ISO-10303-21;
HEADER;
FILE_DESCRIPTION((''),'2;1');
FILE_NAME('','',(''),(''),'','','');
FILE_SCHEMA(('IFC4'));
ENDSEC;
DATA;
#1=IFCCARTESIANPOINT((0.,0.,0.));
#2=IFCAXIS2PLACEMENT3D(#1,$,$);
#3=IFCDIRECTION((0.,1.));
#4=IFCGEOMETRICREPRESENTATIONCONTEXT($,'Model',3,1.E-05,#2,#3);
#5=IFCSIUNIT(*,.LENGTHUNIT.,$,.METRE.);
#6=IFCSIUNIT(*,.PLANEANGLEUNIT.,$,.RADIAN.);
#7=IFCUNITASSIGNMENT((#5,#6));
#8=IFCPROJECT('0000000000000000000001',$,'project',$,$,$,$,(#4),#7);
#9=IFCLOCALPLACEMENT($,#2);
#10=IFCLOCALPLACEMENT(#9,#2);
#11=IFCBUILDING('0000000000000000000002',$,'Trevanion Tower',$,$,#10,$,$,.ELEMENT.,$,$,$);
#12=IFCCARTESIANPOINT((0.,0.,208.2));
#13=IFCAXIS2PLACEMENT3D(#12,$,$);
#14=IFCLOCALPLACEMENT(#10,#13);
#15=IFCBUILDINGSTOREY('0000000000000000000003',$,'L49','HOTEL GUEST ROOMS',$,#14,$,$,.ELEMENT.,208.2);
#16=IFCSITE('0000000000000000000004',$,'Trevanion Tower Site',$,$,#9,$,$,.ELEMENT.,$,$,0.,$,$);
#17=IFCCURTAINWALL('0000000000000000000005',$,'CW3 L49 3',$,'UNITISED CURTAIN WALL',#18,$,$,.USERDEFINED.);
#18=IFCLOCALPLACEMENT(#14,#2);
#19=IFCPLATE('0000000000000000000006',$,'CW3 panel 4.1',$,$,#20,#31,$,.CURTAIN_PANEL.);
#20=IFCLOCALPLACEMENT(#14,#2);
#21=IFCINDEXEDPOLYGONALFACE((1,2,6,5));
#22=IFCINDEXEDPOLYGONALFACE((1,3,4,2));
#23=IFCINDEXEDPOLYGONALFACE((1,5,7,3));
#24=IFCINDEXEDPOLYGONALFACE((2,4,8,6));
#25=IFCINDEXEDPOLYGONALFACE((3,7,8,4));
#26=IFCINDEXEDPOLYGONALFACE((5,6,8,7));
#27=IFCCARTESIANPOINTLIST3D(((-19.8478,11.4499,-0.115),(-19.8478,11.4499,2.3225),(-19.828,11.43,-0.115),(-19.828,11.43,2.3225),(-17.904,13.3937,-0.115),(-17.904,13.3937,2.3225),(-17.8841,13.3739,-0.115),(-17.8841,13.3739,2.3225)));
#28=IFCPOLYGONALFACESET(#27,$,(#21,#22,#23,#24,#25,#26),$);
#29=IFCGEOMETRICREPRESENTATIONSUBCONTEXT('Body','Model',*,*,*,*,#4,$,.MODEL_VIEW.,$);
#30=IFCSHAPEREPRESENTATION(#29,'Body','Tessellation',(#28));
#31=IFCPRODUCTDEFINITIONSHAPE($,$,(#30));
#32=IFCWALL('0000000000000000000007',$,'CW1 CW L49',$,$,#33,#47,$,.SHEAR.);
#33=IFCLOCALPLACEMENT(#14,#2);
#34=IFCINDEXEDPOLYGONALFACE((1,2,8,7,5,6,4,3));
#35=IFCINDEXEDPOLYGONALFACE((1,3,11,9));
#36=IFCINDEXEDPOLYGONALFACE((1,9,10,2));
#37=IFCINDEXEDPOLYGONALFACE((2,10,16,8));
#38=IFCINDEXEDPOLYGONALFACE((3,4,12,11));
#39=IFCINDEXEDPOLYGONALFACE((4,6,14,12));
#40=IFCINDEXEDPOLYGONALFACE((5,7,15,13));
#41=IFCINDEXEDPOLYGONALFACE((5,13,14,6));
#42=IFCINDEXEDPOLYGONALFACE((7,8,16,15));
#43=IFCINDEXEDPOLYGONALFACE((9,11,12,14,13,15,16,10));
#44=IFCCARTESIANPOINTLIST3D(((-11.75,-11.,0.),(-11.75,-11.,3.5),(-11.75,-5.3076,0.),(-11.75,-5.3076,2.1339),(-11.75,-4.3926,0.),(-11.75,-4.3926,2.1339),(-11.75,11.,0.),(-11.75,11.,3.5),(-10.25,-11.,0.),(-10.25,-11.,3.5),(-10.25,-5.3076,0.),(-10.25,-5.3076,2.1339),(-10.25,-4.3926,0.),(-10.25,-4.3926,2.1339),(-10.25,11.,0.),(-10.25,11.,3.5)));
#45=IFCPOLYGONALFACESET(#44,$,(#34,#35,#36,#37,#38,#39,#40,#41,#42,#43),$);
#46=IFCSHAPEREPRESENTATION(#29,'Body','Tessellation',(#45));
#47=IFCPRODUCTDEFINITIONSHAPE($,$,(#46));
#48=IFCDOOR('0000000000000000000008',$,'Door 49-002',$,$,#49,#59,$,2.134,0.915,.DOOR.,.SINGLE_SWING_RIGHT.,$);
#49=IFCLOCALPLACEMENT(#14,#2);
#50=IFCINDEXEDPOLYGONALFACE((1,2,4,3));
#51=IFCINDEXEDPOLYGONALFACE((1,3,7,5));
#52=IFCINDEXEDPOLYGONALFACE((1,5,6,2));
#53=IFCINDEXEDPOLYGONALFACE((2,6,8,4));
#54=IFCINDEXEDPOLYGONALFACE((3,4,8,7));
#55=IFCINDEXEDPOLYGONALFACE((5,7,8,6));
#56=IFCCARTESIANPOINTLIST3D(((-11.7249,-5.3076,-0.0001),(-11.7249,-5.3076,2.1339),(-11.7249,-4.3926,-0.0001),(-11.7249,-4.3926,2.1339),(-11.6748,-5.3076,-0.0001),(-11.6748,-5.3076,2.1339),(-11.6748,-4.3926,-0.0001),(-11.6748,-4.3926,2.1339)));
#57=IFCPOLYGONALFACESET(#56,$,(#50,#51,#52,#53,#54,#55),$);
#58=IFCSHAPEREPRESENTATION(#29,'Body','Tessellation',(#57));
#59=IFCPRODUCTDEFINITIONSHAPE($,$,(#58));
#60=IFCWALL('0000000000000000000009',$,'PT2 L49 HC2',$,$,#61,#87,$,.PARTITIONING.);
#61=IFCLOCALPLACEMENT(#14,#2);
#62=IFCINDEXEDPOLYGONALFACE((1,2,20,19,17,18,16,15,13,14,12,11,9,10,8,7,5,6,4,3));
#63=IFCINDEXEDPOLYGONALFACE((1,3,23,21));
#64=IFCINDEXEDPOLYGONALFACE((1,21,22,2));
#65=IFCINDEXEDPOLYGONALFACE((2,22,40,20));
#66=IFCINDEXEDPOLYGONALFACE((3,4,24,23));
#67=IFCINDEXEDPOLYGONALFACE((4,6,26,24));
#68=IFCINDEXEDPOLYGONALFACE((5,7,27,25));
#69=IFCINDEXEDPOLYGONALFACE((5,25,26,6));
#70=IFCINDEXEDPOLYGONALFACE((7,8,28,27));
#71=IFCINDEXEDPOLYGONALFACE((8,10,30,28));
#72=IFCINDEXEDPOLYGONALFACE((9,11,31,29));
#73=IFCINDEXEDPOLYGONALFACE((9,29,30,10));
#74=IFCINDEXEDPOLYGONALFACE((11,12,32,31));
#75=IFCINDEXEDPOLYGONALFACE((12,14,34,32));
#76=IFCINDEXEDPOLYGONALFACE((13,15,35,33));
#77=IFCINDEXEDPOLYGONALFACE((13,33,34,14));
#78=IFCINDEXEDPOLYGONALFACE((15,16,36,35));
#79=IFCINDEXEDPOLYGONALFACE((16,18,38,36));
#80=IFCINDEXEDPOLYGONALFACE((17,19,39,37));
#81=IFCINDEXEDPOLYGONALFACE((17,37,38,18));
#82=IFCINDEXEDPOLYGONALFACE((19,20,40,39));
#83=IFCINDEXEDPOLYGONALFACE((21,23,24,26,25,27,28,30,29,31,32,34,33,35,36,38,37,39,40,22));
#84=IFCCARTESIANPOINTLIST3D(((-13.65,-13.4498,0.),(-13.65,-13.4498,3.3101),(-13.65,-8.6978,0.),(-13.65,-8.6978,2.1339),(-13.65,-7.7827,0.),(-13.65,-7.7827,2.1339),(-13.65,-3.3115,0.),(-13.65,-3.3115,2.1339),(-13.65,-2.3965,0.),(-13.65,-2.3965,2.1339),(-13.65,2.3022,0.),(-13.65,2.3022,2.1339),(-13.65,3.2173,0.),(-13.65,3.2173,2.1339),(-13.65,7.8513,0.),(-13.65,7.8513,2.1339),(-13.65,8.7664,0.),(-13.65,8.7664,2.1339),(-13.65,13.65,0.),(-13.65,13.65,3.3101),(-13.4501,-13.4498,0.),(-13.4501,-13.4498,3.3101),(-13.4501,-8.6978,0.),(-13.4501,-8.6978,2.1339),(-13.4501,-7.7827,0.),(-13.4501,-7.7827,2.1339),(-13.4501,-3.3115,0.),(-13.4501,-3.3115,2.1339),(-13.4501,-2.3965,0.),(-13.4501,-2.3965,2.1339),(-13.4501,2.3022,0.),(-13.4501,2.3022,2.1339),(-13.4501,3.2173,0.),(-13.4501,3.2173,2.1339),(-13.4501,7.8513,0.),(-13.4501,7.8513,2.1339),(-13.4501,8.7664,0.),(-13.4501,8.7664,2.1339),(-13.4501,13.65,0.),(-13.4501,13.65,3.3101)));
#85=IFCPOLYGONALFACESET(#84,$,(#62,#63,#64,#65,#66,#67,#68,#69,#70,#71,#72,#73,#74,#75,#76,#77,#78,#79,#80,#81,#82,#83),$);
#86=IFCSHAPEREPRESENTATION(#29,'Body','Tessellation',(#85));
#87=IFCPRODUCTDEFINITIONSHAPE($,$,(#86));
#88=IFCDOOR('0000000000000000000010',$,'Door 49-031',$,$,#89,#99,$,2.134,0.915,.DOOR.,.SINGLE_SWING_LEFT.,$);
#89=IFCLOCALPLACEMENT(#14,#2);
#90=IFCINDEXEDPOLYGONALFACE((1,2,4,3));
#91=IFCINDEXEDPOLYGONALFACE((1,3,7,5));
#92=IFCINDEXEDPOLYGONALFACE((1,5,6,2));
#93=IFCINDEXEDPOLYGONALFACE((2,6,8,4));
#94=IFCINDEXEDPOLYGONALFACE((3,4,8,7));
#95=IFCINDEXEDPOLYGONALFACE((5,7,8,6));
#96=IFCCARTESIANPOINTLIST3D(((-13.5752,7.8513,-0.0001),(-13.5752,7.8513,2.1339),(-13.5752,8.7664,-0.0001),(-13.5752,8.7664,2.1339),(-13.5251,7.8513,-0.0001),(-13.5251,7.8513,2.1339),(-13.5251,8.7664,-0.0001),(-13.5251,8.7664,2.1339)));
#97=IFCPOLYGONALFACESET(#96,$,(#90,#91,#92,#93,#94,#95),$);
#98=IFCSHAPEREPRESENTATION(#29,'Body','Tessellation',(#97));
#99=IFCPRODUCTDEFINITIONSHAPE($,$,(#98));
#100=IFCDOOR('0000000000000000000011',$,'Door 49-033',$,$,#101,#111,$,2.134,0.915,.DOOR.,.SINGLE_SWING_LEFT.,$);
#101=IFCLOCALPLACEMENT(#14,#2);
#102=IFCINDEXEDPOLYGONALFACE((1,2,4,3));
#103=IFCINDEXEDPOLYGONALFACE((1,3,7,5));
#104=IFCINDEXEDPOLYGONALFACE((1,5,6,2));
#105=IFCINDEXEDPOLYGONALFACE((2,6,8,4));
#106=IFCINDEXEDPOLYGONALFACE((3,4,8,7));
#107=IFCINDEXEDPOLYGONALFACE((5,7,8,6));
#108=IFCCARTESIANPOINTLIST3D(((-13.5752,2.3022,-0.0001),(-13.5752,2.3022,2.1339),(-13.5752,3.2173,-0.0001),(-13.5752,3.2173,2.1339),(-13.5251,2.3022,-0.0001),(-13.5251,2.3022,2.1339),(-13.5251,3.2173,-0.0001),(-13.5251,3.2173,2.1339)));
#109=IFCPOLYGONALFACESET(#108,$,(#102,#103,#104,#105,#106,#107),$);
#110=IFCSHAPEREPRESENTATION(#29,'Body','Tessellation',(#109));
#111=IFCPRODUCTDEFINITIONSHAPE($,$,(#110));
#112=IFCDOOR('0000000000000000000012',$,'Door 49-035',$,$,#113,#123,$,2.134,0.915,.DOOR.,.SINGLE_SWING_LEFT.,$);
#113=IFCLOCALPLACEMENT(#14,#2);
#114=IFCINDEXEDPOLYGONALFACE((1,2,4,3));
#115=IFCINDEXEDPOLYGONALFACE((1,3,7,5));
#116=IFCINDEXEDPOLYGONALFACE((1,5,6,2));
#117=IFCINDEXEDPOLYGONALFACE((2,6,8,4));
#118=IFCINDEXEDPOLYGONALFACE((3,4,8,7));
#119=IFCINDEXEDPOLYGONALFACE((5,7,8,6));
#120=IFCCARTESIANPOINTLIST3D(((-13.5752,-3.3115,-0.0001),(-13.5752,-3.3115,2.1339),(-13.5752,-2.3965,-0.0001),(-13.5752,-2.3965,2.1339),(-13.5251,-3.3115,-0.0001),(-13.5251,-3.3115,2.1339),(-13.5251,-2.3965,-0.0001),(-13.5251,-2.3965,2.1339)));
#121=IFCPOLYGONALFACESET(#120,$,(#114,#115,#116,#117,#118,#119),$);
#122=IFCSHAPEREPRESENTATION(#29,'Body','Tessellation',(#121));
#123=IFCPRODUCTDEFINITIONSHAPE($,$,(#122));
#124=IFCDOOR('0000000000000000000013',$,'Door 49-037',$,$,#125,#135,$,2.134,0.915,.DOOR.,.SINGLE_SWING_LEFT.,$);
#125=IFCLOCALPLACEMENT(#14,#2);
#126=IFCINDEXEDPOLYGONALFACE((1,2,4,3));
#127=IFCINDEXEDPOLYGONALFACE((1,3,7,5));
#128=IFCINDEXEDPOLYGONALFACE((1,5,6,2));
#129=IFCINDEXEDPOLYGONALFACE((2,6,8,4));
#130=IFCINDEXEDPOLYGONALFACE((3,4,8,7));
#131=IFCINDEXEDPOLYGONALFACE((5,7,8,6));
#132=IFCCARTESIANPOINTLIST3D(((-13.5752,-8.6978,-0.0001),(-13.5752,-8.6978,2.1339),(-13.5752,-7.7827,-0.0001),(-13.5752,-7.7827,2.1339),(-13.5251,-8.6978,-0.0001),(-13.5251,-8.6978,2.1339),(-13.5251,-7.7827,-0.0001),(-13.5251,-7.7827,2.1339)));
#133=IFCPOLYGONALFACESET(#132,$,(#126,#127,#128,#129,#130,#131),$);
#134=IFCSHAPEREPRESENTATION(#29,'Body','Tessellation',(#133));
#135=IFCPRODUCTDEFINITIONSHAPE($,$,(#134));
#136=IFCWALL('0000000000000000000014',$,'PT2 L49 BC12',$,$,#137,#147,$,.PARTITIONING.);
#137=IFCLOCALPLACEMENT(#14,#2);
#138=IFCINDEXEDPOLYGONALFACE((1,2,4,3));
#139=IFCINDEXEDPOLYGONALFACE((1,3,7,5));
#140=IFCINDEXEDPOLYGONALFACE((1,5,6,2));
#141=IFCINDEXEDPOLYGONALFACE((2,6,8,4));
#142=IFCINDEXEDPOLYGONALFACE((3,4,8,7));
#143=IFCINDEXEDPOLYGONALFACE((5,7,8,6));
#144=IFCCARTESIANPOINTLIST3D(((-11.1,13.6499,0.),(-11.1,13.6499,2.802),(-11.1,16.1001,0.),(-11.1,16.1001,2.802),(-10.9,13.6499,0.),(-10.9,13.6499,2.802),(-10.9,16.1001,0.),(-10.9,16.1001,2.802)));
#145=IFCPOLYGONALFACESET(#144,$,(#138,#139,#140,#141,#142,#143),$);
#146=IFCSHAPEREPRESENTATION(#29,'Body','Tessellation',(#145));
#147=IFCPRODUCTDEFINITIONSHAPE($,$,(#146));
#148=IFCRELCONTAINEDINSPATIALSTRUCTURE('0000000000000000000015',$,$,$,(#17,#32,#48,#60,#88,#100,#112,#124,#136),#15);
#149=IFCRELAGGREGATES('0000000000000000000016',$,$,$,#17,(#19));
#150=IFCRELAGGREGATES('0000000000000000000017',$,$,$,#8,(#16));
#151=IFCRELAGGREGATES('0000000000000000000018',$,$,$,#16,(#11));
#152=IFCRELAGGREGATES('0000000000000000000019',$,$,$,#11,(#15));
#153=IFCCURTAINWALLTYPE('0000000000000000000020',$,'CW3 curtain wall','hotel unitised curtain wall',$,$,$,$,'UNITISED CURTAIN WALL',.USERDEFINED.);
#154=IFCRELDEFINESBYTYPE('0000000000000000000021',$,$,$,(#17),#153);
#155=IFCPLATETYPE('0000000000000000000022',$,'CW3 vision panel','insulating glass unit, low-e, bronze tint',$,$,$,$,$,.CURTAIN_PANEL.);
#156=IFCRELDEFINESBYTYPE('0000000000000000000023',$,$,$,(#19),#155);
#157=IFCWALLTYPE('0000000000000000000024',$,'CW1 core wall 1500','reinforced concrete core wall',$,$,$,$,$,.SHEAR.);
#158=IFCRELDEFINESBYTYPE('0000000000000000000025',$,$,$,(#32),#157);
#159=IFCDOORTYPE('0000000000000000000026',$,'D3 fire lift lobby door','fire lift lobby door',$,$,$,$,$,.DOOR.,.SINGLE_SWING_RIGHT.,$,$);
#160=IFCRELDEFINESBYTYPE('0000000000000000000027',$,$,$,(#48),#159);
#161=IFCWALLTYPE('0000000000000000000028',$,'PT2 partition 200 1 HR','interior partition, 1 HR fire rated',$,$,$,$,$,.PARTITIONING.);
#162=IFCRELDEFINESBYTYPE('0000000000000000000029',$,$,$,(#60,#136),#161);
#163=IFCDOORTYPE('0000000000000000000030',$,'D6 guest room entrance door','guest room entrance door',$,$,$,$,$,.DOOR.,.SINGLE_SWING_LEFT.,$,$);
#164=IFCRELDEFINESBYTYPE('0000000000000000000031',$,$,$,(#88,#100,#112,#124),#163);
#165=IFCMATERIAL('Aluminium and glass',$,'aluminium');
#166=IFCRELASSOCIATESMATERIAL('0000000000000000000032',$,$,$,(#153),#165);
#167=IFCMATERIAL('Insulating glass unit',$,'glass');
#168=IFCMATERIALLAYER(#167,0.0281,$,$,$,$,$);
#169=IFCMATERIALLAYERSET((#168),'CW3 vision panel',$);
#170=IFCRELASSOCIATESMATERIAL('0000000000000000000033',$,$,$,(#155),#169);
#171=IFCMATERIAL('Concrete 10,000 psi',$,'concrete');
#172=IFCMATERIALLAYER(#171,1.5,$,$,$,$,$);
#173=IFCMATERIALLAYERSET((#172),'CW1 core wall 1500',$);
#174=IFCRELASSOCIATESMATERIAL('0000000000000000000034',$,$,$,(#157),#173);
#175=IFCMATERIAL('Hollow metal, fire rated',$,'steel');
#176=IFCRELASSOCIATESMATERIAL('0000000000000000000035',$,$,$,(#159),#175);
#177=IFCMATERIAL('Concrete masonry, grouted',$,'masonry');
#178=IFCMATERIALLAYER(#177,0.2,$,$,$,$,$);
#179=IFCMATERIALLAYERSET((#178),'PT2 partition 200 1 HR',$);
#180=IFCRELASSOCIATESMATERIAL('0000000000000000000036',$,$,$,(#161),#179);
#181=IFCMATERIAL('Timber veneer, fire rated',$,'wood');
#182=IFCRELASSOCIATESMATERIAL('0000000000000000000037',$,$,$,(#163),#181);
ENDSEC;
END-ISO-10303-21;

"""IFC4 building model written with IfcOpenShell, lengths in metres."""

from ifc_helpers import new_model, si_unit, direction, frame, frame_2d, origin, origin_2d, place, context, subcontext, project, spatial, rectangle, extrude, material, layer, layer_set, type_object, element, fill, aggregate, save


model = new_model("IFC4")

# Units and contexts
model_context = context("Model", 3, precision=1e-05, world=origin(), true_north=direction((0.0, 1.0)))
body_context = subcontext(model_context, "Body", "Model", "MODEL_VIEW")
ifc_project = project(units=[si_unit("LENGTHUNIT", "METRE"), si_unit("PLANEANGLEUNIT", "RADIAN")], contexts=[model_context])

# Site, building, storey
site_placement = place(None, origin())
site = spatial("IfcSite", under=ifc_project, at=site_placement, Name="Trevanion Tower Site", CompositionType="ELEMENT", RefElevation=0.0)
building_placement = place(site_placement, origin())
building = spatial("IfcBuilding", under=site, at=building_placement, Name="Trevanion Tower", CompositionType="ELEMENT")
storey_placement = place(building_placement, frame((0.0, 0.0, 208.2)))
storey = spatial("IfcBuildingStorey", under=building, at=storey_placement, Name="L49", Description="HOTEL GUEST ROOMS", CompositionType="ELEMENT", Elevation=208.2)

# Curtain wall
ifc_material_1 = material(Name="Aluminium and glass", Category="aluminium")
curtain_wall_type = type_object("IfcCurtainWallType", Name="CW3 curtain wall", Description="hotel unitised curtain wall", ElementType="UNITISED CURTAIN WALL", PredefinedType="USERDEFINED", material=ifc_material_1)
curtain_wall_placement = place(storey_placement, origin())
curtain_wall = element("IfcCurtainWall", 1, at=curtain_wall_placement, inside=storey, type_object=curtain_wall_type, Name="CW3 L49 3", ObjectType="UNITISED CURTAIN WALL", PredefinedType="USERDEFINED")

# Plate
ifc_material_2 = material(Name="Insulating glass unit", Category="glass")
ifc_layer_1 = layer(ifc_material_2, 0.0281)
ifc_layer_set_1 = layer_set([ifc_layer_1], Name="CW3 vision panel")
plate_type_1 = type_object("IfcPlateType", Name="CW3 vision panel", Description="insulating glass unit, low-e, bronze tint", PredefinedType="CURTAIN_PANEL", material=ifc_layer_set_1)
plate_1_placement = place(storey_placement, frame((-18.866, 12.4119, -0.115), z_axis=(0.0, 0.0, 1.0), x_axis=(-0.707107, -0.707107, 0.0)))
plate_1 = element("IfcPlate", 2, at=plate_1_placement, type_object=plate_type_1, Name="CW3 panel 4.1", PredefinedType="CURTAIN_PANEL", context=body_context, shape_type="SweptSolid", body=[
    extrude(rectangle(XDim=2.749, YDim=0.0281, at=origin_2d()), origin(), (0.0, 0.0, 1.0), 2.4375),
])
aggregate(curtain_wall, [plate_1])

# Wall, opening, door
ifc_material_3 = material(Name="Concrete 10,000 psi", Category="concrete")
ifc_layer_2 = layer(ifc_material_3, 1.5)
ifc_layer_set_2 = layer_set([ifc_layer_2], Name="CW1 core wall 1500")
wall_type_1 = type_object("IfcWallType", Name="CW1 core wall 1500", Description="reinforced concrete core wall", PredefinedType="SHEAR", material=ifc_layer_set_2)
wall_1_placement = place(storey_placement, frame((-11.0, 11.0, 0.0), z_axis=(0.0, 0.0, 1.0), x_axis=(0.0, -1.0, 0.0)))
wall_1 = element("IfcWall", 3, at=wall_1_placement, inside=storey, type_object=wall_type_1, Name="CW1 CW L49", PredefinedType="SHEAR", context=body_context, shape_type="SweptSolid", body=[
    extrude(rectangle(XDim=22.0, YDim=1.5, at=frame_2d((11.0, 0.0))), origin(), (0.0, 0.0, 1.0), 3.5),
])
opening_1_placement = place(wall_1_placement, frame((15.3926, 0.0, 0.0)))
opening_1 = element("IfcOpeningElement", 4, at=opening_1_placement, cuts=wall_1, PredefinedType="OPENING", context=body_context, shape_type="SweptSolid", body=[
    extrude(rectangle(XDim=0.915, YDim=2.134, at=frame_2d((0.4575, 1.0669))), frame((0.0, 0.76, 0.0), z_axis=(0.0, -1.0, 0.0), x_axis=(1.0, 0.0, 0.0)), (0.0, 0.0, 1.0), 1.52),
])
ifc_material_4 = material(Name="Hollow metal, fire rated", Category="steel")
door_type_1 = type_object("IfcDoorType", Name="D3 fire lift lobby door", Description="fire lift lobby door", OperationType="SINGLE_SWING_RIGHT", PredefinedType="DOOR", material=ifc_material_4)
door_1_placement = place(opening_1_placement, origin())
door_1 = element("IfcDoor", 5, at=door_1_placement, inside=storey, type_object=door_type_1, Name="Door 49-002", OperationType="SINGLE_SWING_RIGHT", OverallHeight=2.134, OverallWidth=0.915, PredefinedType="DOOR", context=body_context, shape_type="SweptSolid", body=[
    extrude(rectangle(XDim=0.915, YDim=2.134, at=frame_2d((0.4575, 1.0669))), frame((0.0, -0.6748, 0.0), z_axis=(0.0, -1.0, 0.0), x_axis=(1.0, 0.0, 0.0)), (0.0, 0.0, 1.0), 0.05),
])
fill(opening_1, door_1)

# Wall, openings, doors
ifc_material_5 = material(Name="Concrete masonry, grouted", Category="masonry")
ifc_layer_3 = layer(ifc_material_5, 0.2)
ifc_layer_set_3 = layer_set([ifc_layer_3], Name="PT2 partition 200 1 HR")
wall_type_2 = type_object("IfcWallType", Name="PT2 partition 200 1 HR", Description="interior partition, 1 HR fire rated", PredefinedType="PARTITIONING", material=ifc_layer_set_3)
wall_2_placement = place(storey_placement, frame((-13.55, 13.6499, 0.0), z_axis=(0.0, 0.0, 1.0), x_axis=(0.0, -1.0, 0.0)))
wall_2 = element("IfcWall", 6, at=wall_2_placement, inside=storey, type_object=wall_type_2, Name="PT2 L49 HC2", PredefinedType="PARTITIONING", context=body_context, shape_type="SweptSolid", body=[
    extrude(rectangle(XDim=27.0999, YDim=0.2, at=frame_2d((13.5498, 0.0))), origin(), (0.0, 0.0, 1.0), 3.3101),
])
opening_2_placement = place(wall_2_placement, frame((4.8835, 0.0, 0.0)))
opening_2 = element("IfcOpeningElement", 7, at=opening_2_placement, cuts=wall_2, PredefinedType="OPENING", context=body_context, shape_type="SweptSolid", body=[
    extrude(rectangle(XDim=0.915, YDim=2.134, at=frame_2d((0.4575, 1.0669))), frame((0.0, 0.1099, 0.0), z_axis=(0.0, -1.0, 0.0), x_axis=(1.0, 0.0, 0.0)), (0.0, 0.0, 1.0), 0.22),
])
opening_3_placement = place(wall_2_placement, frame((10.4326, 0.0, 0.0)))
opening_3 = element("IfcOpeningElement", 8, at=opening_3_placement, cuts=wall_2, PredefinedType="OPENING", context=body_context, shape_type="SweptSolid", body=[
    extrude(rectangle(XDim=0.915, YDim=2.134, at=frame_2d((0.4575, 1.0669))), frame((0.0, 0.1099, 0.0), z_axis=(0.0, -1.0, 0.0), x_axis=(1.0, 0.0, 0.0)), (0.0, 0.0, 1.0), 0.22),
])
opening_4_placement = place(wall_2_placement, frame((16.0464, 0.0, 0.0)))
opening_4 = element("IfcOpeningElement", 9, at=opening_4_placement, cuts=wall_2, PredefinedType="OPENING", context=body_context, shape_type="SweptSolid", body=[
    extrude(rectangle(XDim=0.915, YDim=2.134, at=frame_2d((0.4575, 1.0669))), frame((0.0, 0.1099, 0.0), z_axis=(0.0, -1.0, 0.0), x_axis=(1.0, 0.0, 0.0)), (0.0, 0.0, 1.0), 0.22),
])
opening_5_placement = place(wall_2_placement, frame((21.4326, 0.0, 0.0)))
opening_5 = element("IfcOpeningElement", 10, at=opening_5_placement, cuts=wall_2, PredefinedType="OPENING", context=body_context, shape_type="SweptSolid", body=[
    extrude(rectangle(XDim=0.915, YDim=2.134, at=frame_2d((0.4575, 1.0669))), frame((0.0, 0.1099, 0.0), z_axis=(0.0, -1.0, 0.0), x_axis=(1.0, 0.0, 0.0)), (0.0, 0.0, 1.0), 0.22),
])
ifc_material_6 = material(Name="Timber veneer, fire rated", Category="wood")
door_type_2 = type_object("IfcDoorType", Name="D6 guest room entrance door", Description="guest room entrance door", OperationType="SINGLE_SWING_LEFT", PredefinedType="DOOR", material=ifc_material_6)
door_2_placement = place(opening_2_placement, origin())
door_2 = element("IfcDoor", 11, at=door_2_placement, inside=storey, type_object=door_type_2, Name="Door 49-031", OperationType="SINGLE_SWING_LEFT", OverallHeight=2.134, OverallWidth=0.915, PredefinedType="DOOR", context=body_context, shape_type="SweptSolid", body=[
    extrude(rectangle(XDim=0.915, YDim=2.134, at=frame_2d((0.4575, 1.0669))), frame((0.0, 0.0249, 0.0), z_axis=(0.0, -1.0, 0.0), x_axis=(1.0, 0.0, 0.0)), (0.0, 0.0, 1.0), 0.05),
])
fill(opening_2, door_2)
door_3_placement = place(opening_3_placement, origin())
door_3 = element("IfcDoor", 12, at=door_3_placement, inside=storey, type_object=door_type_2, Name="Door 49-033", OperationType="SINGLE_SWING_LEFT", OverallHeight=2.134, OverallWidth=0.915, PredefinedType="DOOR", context=body_context, shape_type="SweptSolid", body=[
    extrude(rectangle(XDim=0.915, YDim=2.134, at=frame_2d((0.4575, 1.0669))), frame((0.0, 0.0249, 0.0), z_axis=(0.0, -1.0, 0.0), x_axis=(1.0, 0.0, 0.0)), (0.0, 0.0, 1.0), 0.05),
])
fill(opening_3, door_3)
door_4_placement = place(opening_4_placement, origin())
door_4 = element("IfcDoor", 13, at=door_4_placement, inside=storey, type_object=door_type_2, Name="Door 49-035", OperationType="SINGLE_SWING_LEFT", OverallHeight=2.134, OverallWidth=0.915, PredefinedType="DOOR", context=body_context, shape_type="SweptSolid", body=[
    extrude(rectangle(XDim=0.915, YDim=2.134, at=frame_2d((0.4575, 1.0669))), frame((0.0, 0.0249, 0.0), z_axis=(0.0, -1.0, 0.0), x_axis=(1.0, 0.0, 0.0)), (0.0, 0.0, 1.0), 0.05),
])
fill(opening_4, door_4)
door_5_placement = place(opening_5_placement, origin())
door_5 = element("IfcDoor", 14, at=door_5_placement, inside=storey, type_object=door_type_2, Name="Door 49-037", OperationType="SINGLE_SWING_LEFT", OverallHeight=2.134, OverallWidth=0.915, PredefinedType="DOOR", context=body_context, shape_type="SweptSolid", body=[
    extrude(rectangle(XDim=0.915, YDim=2.134, at=frame_2d((0.4575, 1.0669))), frame((0.0, 0.0249, 0.0), z_axis=(0.0, -1.0, 0.0), x_axis=(1.0, 0.0, 0.0)), (0.0, 0.0, 1.0), 0.05),
])
fill(opening_5, door_5)

# Wall
wall_3_placement = place(storey_placement, frame((-11.0, 13.6499, 0.0), z_axis=(0.0, 0.0, 1.0), x_axis=(0.0, 1.0, 0.0)))
element("IfcWall", 15, at=wall_3_placement, inside=storey, type_object=wall_type_2, Name="PT2 L49 BC12", PredefinedType="PARTITIONING", context=body_context, shape_type="SweptSolid", body=[
    extrude(rectangle(XDim=2.4502, YDim=0.2, at=frame_2d((1.2251, 0.0))), origin(), (0.0, 0.0, 1.0), 2.802),
])

save(model, "model.ifc")
